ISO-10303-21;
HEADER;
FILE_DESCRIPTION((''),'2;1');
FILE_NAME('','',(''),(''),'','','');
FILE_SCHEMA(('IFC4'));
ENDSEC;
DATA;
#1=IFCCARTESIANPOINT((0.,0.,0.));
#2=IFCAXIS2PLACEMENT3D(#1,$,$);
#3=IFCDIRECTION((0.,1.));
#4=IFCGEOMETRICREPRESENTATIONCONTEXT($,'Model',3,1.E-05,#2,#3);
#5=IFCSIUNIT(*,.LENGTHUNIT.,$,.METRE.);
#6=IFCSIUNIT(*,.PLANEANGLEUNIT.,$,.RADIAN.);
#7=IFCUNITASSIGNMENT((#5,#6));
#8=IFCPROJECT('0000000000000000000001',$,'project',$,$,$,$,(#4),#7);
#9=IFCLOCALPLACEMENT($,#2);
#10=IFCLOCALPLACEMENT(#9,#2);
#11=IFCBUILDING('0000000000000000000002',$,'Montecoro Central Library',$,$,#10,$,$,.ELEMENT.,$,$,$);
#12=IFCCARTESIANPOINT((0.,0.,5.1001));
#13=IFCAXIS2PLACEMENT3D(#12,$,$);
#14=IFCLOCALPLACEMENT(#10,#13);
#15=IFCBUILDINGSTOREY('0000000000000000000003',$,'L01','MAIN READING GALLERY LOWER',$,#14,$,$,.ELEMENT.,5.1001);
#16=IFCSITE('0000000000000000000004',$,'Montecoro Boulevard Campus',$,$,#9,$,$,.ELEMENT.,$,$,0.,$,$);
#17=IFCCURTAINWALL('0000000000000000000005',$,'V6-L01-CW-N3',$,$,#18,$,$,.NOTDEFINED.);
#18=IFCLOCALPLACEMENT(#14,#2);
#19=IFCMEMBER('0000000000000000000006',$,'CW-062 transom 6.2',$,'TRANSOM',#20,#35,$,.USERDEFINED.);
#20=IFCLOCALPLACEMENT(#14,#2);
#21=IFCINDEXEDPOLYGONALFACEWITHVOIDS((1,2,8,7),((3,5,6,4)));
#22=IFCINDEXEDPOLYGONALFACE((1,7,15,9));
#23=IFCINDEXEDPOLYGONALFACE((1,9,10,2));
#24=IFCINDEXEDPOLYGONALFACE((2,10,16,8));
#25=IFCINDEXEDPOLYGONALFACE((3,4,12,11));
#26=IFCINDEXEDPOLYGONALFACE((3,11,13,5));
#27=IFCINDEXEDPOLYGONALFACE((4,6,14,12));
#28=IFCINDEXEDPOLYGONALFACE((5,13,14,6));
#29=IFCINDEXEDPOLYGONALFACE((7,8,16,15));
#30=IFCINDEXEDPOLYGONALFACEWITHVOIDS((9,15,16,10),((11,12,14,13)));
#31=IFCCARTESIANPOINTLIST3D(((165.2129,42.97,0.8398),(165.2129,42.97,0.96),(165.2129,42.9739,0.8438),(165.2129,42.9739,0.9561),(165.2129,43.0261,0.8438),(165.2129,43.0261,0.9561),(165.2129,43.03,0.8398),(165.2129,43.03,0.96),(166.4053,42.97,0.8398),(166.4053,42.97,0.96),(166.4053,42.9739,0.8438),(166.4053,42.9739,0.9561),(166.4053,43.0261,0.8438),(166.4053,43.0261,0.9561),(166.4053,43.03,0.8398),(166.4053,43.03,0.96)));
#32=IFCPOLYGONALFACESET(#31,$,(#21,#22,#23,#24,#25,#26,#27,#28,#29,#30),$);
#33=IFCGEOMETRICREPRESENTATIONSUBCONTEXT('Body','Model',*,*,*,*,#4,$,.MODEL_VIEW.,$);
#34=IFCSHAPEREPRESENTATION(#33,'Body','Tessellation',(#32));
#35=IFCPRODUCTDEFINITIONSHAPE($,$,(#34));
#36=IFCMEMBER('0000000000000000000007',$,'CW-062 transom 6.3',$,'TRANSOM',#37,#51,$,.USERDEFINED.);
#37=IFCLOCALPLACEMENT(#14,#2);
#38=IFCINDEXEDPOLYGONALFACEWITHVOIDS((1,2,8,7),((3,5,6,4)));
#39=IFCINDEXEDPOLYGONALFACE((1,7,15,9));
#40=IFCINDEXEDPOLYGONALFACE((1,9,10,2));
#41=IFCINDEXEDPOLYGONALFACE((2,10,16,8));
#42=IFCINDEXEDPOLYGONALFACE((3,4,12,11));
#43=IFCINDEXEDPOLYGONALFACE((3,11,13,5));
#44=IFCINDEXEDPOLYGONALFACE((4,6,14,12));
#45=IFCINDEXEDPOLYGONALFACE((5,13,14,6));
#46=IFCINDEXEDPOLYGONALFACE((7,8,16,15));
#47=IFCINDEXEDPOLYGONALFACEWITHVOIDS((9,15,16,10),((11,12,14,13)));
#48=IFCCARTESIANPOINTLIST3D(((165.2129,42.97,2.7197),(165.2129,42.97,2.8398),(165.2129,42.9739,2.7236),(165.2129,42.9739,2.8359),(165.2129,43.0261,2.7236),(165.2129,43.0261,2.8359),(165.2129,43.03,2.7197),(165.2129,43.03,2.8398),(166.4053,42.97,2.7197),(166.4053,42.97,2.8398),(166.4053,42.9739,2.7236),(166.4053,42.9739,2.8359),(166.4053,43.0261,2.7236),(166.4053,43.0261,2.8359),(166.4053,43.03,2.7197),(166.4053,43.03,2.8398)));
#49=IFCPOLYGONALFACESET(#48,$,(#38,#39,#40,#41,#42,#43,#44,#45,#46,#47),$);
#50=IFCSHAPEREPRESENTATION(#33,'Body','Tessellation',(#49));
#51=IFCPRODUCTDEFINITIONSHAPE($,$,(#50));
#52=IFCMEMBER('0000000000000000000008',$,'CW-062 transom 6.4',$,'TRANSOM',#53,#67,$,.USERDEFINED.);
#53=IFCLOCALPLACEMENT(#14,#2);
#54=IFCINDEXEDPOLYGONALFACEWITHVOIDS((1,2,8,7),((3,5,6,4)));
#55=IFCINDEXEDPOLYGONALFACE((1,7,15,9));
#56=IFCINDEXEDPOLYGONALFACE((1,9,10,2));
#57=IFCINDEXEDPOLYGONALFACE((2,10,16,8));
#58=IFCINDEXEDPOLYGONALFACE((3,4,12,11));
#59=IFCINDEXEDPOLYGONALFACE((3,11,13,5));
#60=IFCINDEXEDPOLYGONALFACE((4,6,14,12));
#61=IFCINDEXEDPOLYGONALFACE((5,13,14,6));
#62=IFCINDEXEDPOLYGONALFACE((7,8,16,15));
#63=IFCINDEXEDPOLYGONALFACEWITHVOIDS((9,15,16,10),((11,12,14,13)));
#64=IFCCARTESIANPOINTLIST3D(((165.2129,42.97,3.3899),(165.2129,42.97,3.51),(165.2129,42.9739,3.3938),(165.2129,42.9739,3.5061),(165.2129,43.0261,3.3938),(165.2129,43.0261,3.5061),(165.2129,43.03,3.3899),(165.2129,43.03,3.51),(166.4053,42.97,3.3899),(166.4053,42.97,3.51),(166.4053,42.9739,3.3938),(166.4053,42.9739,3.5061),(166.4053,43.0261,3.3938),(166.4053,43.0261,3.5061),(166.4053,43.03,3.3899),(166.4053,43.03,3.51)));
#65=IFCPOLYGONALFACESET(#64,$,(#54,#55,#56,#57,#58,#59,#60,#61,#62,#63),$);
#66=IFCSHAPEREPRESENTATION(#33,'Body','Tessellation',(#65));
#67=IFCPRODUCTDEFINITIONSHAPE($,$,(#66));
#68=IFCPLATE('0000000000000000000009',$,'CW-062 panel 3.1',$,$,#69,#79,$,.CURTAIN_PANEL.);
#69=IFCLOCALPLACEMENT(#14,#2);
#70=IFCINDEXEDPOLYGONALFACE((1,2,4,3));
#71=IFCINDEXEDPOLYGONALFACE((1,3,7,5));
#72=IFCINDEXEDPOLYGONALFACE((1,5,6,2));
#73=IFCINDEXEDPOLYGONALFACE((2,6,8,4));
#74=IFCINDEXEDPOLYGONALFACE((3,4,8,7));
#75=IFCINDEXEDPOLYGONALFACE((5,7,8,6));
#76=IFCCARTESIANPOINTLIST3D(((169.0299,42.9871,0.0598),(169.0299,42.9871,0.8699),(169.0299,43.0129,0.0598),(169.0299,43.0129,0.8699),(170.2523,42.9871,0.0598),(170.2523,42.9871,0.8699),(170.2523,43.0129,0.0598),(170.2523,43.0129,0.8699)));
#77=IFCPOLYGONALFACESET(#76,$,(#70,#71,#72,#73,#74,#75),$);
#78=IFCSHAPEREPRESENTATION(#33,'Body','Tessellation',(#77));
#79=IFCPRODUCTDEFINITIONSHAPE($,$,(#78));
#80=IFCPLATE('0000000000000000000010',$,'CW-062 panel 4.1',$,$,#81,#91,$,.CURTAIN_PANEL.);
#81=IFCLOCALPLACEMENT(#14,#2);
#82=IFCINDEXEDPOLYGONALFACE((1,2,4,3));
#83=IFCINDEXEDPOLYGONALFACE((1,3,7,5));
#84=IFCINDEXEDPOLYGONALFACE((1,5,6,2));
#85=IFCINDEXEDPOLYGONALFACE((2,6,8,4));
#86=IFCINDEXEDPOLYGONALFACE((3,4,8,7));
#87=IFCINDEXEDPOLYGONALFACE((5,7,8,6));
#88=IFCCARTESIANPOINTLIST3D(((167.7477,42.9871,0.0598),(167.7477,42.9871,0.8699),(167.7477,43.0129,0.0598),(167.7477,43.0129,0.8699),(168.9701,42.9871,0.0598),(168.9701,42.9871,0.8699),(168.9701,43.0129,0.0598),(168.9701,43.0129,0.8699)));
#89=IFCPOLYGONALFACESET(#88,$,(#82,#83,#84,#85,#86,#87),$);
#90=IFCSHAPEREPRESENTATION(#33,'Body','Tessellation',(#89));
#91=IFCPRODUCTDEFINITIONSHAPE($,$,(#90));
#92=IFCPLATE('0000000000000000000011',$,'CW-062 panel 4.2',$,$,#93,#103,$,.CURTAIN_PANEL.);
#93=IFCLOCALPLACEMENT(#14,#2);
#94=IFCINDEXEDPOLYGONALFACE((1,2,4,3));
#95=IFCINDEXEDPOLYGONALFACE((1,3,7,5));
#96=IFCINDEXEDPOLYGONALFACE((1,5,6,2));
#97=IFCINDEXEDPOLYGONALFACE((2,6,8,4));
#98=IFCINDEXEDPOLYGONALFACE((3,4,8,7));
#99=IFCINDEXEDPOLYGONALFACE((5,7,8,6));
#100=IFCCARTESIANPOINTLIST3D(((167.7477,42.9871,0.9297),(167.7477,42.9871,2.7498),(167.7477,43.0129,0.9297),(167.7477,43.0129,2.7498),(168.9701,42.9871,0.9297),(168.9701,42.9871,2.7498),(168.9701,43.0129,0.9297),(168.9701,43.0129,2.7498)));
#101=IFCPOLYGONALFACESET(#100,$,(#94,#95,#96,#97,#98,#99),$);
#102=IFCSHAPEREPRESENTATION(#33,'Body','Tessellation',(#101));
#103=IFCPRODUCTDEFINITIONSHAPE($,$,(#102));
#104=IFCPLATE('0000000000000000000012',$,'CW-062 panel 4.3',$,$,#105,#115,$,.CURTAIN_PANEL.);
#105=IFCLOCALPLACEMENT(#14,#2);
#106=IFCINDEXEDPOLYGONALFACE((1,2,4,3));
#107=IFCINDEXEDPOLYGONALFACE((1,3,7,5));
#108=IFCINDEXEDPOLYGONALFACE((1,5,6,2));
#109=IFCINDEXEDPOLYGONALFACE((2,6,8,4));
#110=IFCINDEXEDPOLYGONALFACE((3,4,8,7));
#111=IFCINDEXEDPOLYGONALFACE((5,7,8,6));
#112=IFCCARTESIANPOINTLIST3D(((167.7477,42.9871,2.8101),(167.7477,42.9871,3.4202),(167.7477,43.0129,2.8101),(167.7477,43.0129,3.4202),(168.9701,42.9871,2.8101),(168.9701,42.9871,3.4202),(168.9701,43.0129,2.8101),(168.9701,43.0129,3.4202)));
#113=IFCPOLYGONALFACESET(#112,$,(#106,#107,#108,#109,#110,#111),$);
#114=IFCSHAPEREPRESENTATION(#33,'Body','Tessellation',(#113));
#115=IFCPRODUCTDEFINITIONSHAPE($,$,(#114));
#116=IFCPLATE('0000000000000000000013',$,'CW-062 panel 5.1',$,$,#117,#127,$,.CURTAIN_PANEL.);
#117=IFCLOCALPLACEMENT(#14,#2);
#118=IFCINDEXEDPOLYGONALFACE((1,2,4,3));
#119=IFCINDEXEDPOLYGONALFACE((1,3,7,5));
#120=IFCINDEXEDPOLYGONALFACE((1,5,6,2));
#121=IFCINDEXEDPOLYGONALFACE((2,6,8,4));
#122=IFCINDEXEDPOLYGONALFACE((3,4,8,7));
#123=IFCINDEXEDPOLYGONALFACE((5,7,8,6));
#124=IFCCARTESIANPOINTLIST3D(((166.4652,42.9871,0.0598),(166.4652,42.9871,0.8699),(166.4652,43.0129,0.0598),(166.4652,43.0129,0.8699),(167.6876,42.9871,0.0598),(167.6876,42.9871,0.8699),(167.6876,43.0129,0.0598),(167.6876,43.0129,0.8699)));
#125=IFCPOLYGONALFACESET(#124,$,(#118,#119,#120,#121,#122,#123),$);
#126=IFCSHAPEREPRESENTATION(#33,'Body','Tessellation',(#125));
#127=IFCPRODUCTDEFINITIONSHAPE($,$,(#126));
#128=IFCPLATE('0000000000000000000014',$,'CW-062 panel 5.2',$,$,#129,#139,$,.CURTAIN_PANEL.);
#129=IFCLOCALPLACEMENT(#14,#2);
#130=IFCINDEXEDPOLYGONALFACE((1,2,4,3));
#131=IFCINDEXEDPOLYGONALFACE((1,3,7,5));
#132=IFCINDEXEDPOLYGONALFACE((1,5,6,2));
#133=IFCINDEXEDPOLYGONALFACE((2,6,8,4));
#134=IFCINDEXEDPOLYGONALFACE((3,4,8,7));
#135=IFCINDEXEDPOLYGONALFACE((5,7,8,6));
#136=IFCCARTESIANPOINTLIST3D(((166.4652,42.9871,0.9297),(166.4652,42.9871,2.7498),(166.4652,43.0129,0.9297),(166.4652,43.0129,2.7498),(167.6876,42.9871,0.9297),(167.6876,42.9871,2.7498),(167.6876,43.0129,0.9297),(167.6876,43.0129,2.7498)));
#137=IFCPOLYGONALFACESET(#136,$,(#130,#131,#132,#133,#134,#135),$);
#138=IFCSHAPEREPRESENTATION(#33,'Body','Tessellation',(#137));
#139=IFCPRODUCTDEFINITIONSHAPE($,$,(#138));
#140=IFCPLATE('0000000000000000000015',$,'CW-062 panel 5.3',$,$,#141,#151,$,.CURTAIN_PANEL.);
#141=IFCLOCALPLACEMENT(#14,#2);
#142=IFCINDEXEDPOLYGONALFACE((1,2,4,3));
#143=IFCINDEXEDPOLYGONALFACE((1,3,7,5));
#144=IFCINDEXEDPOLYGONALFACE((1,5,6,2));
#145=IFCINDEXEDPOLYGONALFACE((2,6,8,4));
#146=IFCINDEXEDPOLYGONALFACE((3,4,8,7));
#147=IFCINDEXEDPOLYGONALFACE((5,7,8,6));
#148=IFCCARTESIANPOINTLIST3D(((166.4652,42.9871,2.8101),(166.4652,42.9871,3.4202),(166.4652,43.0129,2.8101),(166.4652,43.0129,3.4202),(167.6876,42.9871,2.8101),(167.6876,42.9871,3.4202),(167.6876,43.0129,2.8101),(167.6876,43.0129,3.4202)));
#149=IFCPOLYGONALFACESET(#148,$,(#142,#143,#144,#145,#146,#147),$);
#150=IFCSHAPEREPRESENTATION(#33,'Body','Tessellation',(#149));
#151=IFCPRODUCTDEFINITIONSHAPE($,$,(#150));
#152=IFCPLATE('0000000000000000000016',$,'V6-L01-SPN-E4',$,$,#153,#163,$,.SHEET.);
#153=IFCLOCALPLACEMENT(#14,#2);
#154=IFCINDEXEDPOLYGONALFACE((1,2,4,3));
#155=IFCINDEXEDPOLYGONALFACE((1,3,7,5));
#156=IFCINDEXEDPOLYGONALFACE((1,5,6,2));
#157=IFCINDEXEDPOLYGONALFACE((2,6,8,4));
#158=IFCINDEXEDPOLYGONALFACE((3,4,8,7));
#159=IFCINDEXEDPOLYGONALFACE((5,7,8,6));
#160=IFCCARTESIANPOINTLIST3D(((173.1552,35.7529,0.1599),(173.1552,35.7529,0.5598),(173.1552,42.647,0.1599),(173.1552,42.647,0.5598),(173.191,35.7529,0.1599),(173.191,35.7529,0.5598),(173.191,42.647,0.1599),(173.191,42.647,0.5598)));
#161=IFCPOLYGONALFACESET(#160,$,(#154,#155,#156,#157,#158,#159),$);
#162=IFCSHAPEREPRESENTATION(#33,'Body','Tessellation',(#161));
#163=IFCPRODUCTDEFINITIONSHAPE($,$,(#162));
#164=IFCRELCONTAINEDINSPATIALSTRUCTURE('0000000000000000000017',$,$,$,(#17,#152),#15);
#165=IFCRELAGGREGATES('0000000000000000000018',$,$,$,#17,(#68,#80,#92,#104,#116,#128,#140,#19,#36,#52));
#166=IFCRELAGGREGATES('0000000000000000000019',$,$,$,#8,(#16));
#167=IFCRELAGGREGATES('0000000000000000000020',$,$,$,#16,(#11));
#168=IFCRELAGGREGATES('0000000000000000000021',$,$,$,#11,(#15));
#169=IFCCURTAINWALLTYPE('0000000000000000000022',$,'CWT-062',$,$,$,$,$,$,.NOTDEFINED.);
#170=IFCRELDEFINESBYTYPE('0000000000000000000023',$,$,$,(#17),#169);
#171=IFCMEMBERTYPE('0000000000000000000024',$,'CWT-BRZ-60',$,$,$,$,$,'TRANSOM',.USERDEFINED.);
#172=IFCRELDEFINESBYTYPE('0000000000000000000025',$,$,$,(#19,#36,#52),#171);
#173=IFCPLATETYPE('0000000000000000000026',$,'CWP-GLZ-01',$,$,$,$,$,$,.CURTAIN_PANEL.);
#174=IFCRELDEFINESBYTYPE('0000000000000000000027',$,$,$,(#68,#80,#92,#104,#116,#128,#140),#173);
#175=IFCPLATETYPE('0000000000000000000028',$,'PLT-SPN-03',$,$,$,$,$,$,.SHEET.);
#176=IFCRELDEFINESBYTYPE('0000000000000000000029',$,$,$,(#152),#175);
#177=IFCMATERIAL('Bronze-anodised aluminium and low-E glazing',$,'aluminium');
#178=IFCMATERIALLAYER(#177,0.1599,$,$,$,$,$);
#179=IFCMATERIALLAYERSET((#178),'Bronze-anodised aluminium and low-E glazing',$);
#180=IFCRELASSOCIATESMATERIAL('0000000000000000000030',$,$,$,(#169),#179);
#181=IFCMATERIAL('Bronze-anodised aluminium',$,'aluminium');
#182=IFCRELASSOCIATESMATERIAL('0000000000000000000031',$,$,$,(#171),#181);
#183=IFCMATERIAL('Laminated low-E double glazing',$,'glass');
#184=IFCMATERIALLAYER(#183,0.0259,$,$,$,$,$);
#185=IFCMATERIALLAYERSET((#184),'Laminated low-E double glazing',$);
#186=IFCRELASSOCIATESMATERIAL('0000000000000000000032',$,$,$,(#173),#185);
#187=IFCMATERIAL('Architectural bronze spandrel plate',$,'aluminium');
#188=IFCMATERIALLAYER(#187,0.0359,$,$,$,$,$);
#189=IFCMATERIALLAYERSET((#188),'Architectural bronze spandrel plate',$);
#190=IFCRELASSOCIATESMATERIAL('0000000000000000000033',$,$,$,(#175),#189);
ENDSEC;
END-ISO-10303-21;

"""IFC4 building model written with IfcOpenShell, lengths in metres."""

from ifc_helpers import new_model, si_unit, direction, frame, origin, origin_2d, place, context, subcontext, project, spatial, rectangle, hollow_rectangle, extrude, material, layer, layer_set, material_profile, profile_set, type_object, element, aggregate, save


model = new_model("IFC4")

# Units and contexts
model_context = context("Model", 3, precision=1e-05, world=origin(), true_north=direction((0.0, 1.0)))
body_context = subcontext(model_context, "Body", "Model", "MODEL_VIEW")
ifc_project = project(units=[si_unit("LENGTHUNIT", "METRE"), si_unit("PLANEANGLEUNIT", "RADIAN")], contexts=[model_context])

# Site, building, storey
site_placement = place(None, origin())
site = spatial("IfcSite", under=ifc_project, at=site_placement, Name="Montecoro Boulevard Campus", CompositionType="ELEMENT", RefElevation=0.0)
building_placement = place(site_placement, origin())
building = spatial("IfcBuilding", under=site, at=building_placement, Name="Montecoro Central Library", CompositionType="ELEMENT")
storey_placement = place(building_placement, frame((0.0, 0.0, 5.1001)))
storey = spatial("IfcBuildingStorey", under=building, at=storey_placement, Name="L01", Description="MAIN READING GALLERY LOWER", CompositionType="ELEMENT", Elevation=5.1001)

# Curtain wall, members, plates
ifc_material_1 = material(Name="Bronze-anodised aluminium and low-E glazing", Category="aluminium")
ifc_layer_1 = layer(ifc_material_1, 0.1599)
ifc_layer_set_1 = layer_set([ifc_layer_1], Name="Bronze-anodised aluminium and low-E glazing")
curtain_wall_type = type_object("IfcCurtainWallType", Name="CWT-062", PredefinedType="NOTDEFINED", material=ifc_layer_set_1)
curtain_wall_placement = place(storey_placement, origin())
curtain_wall = element("IfcCurtainWall", 1, at=curtain_wall_placement, inside=storey, type_object=curtain_wall_type, Name="V6-L01-CW-N3", PredefinedType="NOTDEFINED")
ifc_material_2 = material(Name="Bronze-anodised aluminium", Category="aluminium")
ifc_material_profile_1 = material_profile(ifc_material_2, hollow_rectangle(XDim=0.0601, YDim=0.1201, WallThickness=0.0039, at=origin_2d()), Name="CWT 120x60x4.0")
ifc_profile_set_1 = profile_set([ifc_material_profile_1], Name="Bronze-anodised aluminium")
member_type_1 = type_object("IfcMemberType", Name="CWT-BRZ-60", ElementType="TRANSOM", PredefinedType="USERDEFINED", material=ifc_profile_set_1)
member_1_placement = place(storey_placement, frame((166.4053, 43.0, 0.8999), z_axis=(-1.0, 0.0, 0.0), x_axis=(0.0, -1.0, 0.0)))
member_1 = element("IfcMember", 2, at=member_1_placement, type_object=member_type_1, Name="CW-062 transom 6.2", ObjectType="TRANSOM", PredefinedType="USERDEFINED", context=body_context, shape_type="SweptSolid", body=[
    extrude(hollow_rectangle(XDim=0.0601, YDim=0.1201, WallThickness=0.0039, at=origin_2d()), origin(), (0.0, 0.0, 1.0), 1.1924),
])
member_2_placement = place(storey_placement, frame((166.4053, 43.0, 2.7798), z_axis=(-1.0, 0.0, 0.0), x_axis=(0.0, -1.0, 0.0)))
member_2 = element("IfcMember", 3, at=member_2_placement, type_object=member_type_1, Name="CW-062 transom 6.3", ObjectType="TRANSOM", PredefinedType="USERDEFINED", context=body_context, shape_type="SweptSolid", body=[
    extrude(hollow_rectangle(XDim=0.0601, YDim=0.1201, WallThickness=0.0039, at=origin_2d()), origin(), (0.0, 0.0, 1.0), 1.1924),
])
member_3_placement = place(storey_placement, frame((166.4053, 43.0, 3.45), z_axis=(-1.0, 0.0, 0.0), x_axis=(0.0, -1.0, 0.0)))
member_3 = element("IfcMember", 4, at=member_3_placement, type_object=member_type_1, Name="CW-062 transom 6.4", ObjectType="TRANSOM", PredefinedType="USERDEFINED", context=body_context, shape_type="SweptSolid", body=[
    extrude(hollow_rectangle(XDim=0.0601, YDim=0.1201, WallThickness=0.0039, at=origin_2d()), origin(), (0.0, 0.0, 1.0), 1.1924),
])
ifc_material_3 = material(Name="Laminated low-E double glazing", Category="glass")
ifc_layer_2 = layer(ifc_material_3, 0.0259)
ifc_layer_set_2 = layer_set([ifc_layer_2], Name="Laminated low-E double glazing")
plate_type_1 = type_object("IfcPlateType", Name="CWP-GLZ-01", PredefinedType="CURTAIN_PANEL", material=ifc_layer_set_2)
plate_1_placement = place(storey_placement, frame((169.6411, 43.0, 0.0598), z_axis=(0.0, 0.0, 1.0), x_axis=(-1.0, 0.0, 0.0)))
plate_1 = element("IfcPlate", 5, at=plate_1_placement, type_object=plate_type_1, Name="CW-062 panel 3.1", PredefinedType="CURTAIN_PANEL", context=body_context, shape_type="SweptSolid", body=[
    extrude(rectangle(XDim=1.2224, YDim=0.0259, at=origin_2d()), origin(), (0.0, 0.0, 1.0), 0.8101),
])
plate_2_placement = place(storey_placement, frame((168.3589, 43.0, 0.0598), z_axis=(0.0, 0.0, 1.0), x_axis=(-1.0, 0.0, 0.0)))
plate_2 = element("IfcPlate", 6, at=plate_2_placement, type_object=plate_type_1, Name="CW-062 panel 4.1", PredefinedType="CURTAIN_PANEL", context=body_context, shape_type="SweptSolid", body=[
    extrude(rectangle(XDim=1.2224, YDim=0.0259, at=origin_2d()), origin(), (0.0, 0.0, 1.0), 0.8101),
])
plate_3_placement = place(storey_placement, frame((168.3589, 43.0, 0.9297), z_axis=(0.0, 0.0, 1.0), x_axis=(-1.0, 0.0, 0.0)))
plate_3 = element("IfcPlate", 7, at=plate_3_placement, type_object=plate_type_1, Name="CW-062 panel 4.2", PredefinedType="CURTAIN_PANEL", context=body_context, shape_type="SweptSolid", body=[
    extrude(rectangle(XDim=1.2224, YDim=0.0259, at=origin_2d()), origin(), (0.0, 0.0, 1.0), 1.8201),
])
plate_4_placement = place(storey_placement, frame((168.3589, 43.0, 2.8101), z_axis=(0.0, 0.0, 1.0), x_axis=(-1.0, 0.0, 0.0)))
plate_4 = element("IfcPlate", 8, at=plate_4_placement, type_object=plate_type_1, Name="CW-062 panel 4.3", PredefinedType="CURTAIN_PANEL", context=body_context, shape_type="SweptSolid", body=[
    extrude(rectangle(XDim=1.2224, YDim=0.0259, at=origin_2d()), origin(), (0.0, 0.0, 1.0), 0.6101),
])
plate_5_placement = place(storey_placement, frame((167.0764, 43.0, 0.0598), z_axis=(0.0, 0.0, 1.0), x_axis=(-1.0, 0.0, 0.0)))
plate_5 = element("IfcPlate", 9, at=plate_5_placement, type_object=plate_type_1, Name="CW-062 panel 5.1", PredefinedType="CURTAIN_PANEL", context=body_context, shape_type="SweptSolid", body=[
    extrude(rectangle(XDim=1.2224, YDim=0.0259, at=origin_2d()), origin(), (0.0, 0.0, 1.0), 0.8101),
])
plate_6_placement = place(storey_placement, frame((167.0764, 43.0, 0.9297), z_axis=(0.0, 0.0, 1.0), x_axis=(-1.0, 0.0, 0.0)))
plate_6 = element("IfcPlate", 10, at=plate_6_placement, type_object=plate_type_1, Name="CW-062 panel 5.2", PredefinedType="CURTAIN_PANEL", context=body_context, shape_type="SweptSolid", body=[
    extrude(rectangle(XDim=1.2224, YDim=0.0259, at=origin_2d()), origin(), (0.0, 0.0, 1.0), 1.8201),
])
plate_7_placement = place(storey_placement, frame((167.0764, 43.0, 2.8101), z_axis=(0.0, 0.0, 1.0), x_axis=(-1.0, 0.0, 0.0)))
plate_7 = element("IfcPlate", 11, at=plate_7_placement, type_object=plate_type_1, Name="CW-062 panel 5.3", PredefinedType="CURTAIN_PANEL", context=body_context, shape_type="SweptSolid", body=[
    extrude(rectangle(XDim=1.2224, YDim=0.0259, at=origin_2d()), origin(), (0.0, 0.0, 1.0), 0.6101),
])
aggregate(curtain_wall, [plate_1, plate_2, plate_3, plate_4, plate_5, plate_6, plate_7, member_1, member_2, member_3])

# Plate
ifc_material_4 = material(Name="Architectural bronze spandrel plate", Category="aluminium")
ifc_layer_3 = layer(ifc_material_4, 0.0359)
ifc_layer_set_3 = layer_set([ifc_layer_3], Name="Architectural bronze spandrel plate")
plate_type_2 = type_object("IfcPlateType", Name="PLT-SPN-03", PredefinedType="SHEET", material=ifc_layer_set_3)
plate_8_placement = place(storey_placement, frame((173.1731, 39.2, 0.1599), z_axis=(0.0, 0.0, 1.0), x_axis=(0.0, 1.0, 0.0)))
element("IfcPlate", 12, at=plate_8_placement, inside=storey, type_object=plate_type_2, Name="V6-L01-SPN-E4", PredefinedType="SHEET", context=body_context, shape_type="SweptSolid", body=[
    extrude(rectangle(XDim=6.894, YDim=0.0359, at=origin_2d()), origin(), (0.0, 0.0, 1.0), 0.3999),
])

save(model, "model.ifc")
